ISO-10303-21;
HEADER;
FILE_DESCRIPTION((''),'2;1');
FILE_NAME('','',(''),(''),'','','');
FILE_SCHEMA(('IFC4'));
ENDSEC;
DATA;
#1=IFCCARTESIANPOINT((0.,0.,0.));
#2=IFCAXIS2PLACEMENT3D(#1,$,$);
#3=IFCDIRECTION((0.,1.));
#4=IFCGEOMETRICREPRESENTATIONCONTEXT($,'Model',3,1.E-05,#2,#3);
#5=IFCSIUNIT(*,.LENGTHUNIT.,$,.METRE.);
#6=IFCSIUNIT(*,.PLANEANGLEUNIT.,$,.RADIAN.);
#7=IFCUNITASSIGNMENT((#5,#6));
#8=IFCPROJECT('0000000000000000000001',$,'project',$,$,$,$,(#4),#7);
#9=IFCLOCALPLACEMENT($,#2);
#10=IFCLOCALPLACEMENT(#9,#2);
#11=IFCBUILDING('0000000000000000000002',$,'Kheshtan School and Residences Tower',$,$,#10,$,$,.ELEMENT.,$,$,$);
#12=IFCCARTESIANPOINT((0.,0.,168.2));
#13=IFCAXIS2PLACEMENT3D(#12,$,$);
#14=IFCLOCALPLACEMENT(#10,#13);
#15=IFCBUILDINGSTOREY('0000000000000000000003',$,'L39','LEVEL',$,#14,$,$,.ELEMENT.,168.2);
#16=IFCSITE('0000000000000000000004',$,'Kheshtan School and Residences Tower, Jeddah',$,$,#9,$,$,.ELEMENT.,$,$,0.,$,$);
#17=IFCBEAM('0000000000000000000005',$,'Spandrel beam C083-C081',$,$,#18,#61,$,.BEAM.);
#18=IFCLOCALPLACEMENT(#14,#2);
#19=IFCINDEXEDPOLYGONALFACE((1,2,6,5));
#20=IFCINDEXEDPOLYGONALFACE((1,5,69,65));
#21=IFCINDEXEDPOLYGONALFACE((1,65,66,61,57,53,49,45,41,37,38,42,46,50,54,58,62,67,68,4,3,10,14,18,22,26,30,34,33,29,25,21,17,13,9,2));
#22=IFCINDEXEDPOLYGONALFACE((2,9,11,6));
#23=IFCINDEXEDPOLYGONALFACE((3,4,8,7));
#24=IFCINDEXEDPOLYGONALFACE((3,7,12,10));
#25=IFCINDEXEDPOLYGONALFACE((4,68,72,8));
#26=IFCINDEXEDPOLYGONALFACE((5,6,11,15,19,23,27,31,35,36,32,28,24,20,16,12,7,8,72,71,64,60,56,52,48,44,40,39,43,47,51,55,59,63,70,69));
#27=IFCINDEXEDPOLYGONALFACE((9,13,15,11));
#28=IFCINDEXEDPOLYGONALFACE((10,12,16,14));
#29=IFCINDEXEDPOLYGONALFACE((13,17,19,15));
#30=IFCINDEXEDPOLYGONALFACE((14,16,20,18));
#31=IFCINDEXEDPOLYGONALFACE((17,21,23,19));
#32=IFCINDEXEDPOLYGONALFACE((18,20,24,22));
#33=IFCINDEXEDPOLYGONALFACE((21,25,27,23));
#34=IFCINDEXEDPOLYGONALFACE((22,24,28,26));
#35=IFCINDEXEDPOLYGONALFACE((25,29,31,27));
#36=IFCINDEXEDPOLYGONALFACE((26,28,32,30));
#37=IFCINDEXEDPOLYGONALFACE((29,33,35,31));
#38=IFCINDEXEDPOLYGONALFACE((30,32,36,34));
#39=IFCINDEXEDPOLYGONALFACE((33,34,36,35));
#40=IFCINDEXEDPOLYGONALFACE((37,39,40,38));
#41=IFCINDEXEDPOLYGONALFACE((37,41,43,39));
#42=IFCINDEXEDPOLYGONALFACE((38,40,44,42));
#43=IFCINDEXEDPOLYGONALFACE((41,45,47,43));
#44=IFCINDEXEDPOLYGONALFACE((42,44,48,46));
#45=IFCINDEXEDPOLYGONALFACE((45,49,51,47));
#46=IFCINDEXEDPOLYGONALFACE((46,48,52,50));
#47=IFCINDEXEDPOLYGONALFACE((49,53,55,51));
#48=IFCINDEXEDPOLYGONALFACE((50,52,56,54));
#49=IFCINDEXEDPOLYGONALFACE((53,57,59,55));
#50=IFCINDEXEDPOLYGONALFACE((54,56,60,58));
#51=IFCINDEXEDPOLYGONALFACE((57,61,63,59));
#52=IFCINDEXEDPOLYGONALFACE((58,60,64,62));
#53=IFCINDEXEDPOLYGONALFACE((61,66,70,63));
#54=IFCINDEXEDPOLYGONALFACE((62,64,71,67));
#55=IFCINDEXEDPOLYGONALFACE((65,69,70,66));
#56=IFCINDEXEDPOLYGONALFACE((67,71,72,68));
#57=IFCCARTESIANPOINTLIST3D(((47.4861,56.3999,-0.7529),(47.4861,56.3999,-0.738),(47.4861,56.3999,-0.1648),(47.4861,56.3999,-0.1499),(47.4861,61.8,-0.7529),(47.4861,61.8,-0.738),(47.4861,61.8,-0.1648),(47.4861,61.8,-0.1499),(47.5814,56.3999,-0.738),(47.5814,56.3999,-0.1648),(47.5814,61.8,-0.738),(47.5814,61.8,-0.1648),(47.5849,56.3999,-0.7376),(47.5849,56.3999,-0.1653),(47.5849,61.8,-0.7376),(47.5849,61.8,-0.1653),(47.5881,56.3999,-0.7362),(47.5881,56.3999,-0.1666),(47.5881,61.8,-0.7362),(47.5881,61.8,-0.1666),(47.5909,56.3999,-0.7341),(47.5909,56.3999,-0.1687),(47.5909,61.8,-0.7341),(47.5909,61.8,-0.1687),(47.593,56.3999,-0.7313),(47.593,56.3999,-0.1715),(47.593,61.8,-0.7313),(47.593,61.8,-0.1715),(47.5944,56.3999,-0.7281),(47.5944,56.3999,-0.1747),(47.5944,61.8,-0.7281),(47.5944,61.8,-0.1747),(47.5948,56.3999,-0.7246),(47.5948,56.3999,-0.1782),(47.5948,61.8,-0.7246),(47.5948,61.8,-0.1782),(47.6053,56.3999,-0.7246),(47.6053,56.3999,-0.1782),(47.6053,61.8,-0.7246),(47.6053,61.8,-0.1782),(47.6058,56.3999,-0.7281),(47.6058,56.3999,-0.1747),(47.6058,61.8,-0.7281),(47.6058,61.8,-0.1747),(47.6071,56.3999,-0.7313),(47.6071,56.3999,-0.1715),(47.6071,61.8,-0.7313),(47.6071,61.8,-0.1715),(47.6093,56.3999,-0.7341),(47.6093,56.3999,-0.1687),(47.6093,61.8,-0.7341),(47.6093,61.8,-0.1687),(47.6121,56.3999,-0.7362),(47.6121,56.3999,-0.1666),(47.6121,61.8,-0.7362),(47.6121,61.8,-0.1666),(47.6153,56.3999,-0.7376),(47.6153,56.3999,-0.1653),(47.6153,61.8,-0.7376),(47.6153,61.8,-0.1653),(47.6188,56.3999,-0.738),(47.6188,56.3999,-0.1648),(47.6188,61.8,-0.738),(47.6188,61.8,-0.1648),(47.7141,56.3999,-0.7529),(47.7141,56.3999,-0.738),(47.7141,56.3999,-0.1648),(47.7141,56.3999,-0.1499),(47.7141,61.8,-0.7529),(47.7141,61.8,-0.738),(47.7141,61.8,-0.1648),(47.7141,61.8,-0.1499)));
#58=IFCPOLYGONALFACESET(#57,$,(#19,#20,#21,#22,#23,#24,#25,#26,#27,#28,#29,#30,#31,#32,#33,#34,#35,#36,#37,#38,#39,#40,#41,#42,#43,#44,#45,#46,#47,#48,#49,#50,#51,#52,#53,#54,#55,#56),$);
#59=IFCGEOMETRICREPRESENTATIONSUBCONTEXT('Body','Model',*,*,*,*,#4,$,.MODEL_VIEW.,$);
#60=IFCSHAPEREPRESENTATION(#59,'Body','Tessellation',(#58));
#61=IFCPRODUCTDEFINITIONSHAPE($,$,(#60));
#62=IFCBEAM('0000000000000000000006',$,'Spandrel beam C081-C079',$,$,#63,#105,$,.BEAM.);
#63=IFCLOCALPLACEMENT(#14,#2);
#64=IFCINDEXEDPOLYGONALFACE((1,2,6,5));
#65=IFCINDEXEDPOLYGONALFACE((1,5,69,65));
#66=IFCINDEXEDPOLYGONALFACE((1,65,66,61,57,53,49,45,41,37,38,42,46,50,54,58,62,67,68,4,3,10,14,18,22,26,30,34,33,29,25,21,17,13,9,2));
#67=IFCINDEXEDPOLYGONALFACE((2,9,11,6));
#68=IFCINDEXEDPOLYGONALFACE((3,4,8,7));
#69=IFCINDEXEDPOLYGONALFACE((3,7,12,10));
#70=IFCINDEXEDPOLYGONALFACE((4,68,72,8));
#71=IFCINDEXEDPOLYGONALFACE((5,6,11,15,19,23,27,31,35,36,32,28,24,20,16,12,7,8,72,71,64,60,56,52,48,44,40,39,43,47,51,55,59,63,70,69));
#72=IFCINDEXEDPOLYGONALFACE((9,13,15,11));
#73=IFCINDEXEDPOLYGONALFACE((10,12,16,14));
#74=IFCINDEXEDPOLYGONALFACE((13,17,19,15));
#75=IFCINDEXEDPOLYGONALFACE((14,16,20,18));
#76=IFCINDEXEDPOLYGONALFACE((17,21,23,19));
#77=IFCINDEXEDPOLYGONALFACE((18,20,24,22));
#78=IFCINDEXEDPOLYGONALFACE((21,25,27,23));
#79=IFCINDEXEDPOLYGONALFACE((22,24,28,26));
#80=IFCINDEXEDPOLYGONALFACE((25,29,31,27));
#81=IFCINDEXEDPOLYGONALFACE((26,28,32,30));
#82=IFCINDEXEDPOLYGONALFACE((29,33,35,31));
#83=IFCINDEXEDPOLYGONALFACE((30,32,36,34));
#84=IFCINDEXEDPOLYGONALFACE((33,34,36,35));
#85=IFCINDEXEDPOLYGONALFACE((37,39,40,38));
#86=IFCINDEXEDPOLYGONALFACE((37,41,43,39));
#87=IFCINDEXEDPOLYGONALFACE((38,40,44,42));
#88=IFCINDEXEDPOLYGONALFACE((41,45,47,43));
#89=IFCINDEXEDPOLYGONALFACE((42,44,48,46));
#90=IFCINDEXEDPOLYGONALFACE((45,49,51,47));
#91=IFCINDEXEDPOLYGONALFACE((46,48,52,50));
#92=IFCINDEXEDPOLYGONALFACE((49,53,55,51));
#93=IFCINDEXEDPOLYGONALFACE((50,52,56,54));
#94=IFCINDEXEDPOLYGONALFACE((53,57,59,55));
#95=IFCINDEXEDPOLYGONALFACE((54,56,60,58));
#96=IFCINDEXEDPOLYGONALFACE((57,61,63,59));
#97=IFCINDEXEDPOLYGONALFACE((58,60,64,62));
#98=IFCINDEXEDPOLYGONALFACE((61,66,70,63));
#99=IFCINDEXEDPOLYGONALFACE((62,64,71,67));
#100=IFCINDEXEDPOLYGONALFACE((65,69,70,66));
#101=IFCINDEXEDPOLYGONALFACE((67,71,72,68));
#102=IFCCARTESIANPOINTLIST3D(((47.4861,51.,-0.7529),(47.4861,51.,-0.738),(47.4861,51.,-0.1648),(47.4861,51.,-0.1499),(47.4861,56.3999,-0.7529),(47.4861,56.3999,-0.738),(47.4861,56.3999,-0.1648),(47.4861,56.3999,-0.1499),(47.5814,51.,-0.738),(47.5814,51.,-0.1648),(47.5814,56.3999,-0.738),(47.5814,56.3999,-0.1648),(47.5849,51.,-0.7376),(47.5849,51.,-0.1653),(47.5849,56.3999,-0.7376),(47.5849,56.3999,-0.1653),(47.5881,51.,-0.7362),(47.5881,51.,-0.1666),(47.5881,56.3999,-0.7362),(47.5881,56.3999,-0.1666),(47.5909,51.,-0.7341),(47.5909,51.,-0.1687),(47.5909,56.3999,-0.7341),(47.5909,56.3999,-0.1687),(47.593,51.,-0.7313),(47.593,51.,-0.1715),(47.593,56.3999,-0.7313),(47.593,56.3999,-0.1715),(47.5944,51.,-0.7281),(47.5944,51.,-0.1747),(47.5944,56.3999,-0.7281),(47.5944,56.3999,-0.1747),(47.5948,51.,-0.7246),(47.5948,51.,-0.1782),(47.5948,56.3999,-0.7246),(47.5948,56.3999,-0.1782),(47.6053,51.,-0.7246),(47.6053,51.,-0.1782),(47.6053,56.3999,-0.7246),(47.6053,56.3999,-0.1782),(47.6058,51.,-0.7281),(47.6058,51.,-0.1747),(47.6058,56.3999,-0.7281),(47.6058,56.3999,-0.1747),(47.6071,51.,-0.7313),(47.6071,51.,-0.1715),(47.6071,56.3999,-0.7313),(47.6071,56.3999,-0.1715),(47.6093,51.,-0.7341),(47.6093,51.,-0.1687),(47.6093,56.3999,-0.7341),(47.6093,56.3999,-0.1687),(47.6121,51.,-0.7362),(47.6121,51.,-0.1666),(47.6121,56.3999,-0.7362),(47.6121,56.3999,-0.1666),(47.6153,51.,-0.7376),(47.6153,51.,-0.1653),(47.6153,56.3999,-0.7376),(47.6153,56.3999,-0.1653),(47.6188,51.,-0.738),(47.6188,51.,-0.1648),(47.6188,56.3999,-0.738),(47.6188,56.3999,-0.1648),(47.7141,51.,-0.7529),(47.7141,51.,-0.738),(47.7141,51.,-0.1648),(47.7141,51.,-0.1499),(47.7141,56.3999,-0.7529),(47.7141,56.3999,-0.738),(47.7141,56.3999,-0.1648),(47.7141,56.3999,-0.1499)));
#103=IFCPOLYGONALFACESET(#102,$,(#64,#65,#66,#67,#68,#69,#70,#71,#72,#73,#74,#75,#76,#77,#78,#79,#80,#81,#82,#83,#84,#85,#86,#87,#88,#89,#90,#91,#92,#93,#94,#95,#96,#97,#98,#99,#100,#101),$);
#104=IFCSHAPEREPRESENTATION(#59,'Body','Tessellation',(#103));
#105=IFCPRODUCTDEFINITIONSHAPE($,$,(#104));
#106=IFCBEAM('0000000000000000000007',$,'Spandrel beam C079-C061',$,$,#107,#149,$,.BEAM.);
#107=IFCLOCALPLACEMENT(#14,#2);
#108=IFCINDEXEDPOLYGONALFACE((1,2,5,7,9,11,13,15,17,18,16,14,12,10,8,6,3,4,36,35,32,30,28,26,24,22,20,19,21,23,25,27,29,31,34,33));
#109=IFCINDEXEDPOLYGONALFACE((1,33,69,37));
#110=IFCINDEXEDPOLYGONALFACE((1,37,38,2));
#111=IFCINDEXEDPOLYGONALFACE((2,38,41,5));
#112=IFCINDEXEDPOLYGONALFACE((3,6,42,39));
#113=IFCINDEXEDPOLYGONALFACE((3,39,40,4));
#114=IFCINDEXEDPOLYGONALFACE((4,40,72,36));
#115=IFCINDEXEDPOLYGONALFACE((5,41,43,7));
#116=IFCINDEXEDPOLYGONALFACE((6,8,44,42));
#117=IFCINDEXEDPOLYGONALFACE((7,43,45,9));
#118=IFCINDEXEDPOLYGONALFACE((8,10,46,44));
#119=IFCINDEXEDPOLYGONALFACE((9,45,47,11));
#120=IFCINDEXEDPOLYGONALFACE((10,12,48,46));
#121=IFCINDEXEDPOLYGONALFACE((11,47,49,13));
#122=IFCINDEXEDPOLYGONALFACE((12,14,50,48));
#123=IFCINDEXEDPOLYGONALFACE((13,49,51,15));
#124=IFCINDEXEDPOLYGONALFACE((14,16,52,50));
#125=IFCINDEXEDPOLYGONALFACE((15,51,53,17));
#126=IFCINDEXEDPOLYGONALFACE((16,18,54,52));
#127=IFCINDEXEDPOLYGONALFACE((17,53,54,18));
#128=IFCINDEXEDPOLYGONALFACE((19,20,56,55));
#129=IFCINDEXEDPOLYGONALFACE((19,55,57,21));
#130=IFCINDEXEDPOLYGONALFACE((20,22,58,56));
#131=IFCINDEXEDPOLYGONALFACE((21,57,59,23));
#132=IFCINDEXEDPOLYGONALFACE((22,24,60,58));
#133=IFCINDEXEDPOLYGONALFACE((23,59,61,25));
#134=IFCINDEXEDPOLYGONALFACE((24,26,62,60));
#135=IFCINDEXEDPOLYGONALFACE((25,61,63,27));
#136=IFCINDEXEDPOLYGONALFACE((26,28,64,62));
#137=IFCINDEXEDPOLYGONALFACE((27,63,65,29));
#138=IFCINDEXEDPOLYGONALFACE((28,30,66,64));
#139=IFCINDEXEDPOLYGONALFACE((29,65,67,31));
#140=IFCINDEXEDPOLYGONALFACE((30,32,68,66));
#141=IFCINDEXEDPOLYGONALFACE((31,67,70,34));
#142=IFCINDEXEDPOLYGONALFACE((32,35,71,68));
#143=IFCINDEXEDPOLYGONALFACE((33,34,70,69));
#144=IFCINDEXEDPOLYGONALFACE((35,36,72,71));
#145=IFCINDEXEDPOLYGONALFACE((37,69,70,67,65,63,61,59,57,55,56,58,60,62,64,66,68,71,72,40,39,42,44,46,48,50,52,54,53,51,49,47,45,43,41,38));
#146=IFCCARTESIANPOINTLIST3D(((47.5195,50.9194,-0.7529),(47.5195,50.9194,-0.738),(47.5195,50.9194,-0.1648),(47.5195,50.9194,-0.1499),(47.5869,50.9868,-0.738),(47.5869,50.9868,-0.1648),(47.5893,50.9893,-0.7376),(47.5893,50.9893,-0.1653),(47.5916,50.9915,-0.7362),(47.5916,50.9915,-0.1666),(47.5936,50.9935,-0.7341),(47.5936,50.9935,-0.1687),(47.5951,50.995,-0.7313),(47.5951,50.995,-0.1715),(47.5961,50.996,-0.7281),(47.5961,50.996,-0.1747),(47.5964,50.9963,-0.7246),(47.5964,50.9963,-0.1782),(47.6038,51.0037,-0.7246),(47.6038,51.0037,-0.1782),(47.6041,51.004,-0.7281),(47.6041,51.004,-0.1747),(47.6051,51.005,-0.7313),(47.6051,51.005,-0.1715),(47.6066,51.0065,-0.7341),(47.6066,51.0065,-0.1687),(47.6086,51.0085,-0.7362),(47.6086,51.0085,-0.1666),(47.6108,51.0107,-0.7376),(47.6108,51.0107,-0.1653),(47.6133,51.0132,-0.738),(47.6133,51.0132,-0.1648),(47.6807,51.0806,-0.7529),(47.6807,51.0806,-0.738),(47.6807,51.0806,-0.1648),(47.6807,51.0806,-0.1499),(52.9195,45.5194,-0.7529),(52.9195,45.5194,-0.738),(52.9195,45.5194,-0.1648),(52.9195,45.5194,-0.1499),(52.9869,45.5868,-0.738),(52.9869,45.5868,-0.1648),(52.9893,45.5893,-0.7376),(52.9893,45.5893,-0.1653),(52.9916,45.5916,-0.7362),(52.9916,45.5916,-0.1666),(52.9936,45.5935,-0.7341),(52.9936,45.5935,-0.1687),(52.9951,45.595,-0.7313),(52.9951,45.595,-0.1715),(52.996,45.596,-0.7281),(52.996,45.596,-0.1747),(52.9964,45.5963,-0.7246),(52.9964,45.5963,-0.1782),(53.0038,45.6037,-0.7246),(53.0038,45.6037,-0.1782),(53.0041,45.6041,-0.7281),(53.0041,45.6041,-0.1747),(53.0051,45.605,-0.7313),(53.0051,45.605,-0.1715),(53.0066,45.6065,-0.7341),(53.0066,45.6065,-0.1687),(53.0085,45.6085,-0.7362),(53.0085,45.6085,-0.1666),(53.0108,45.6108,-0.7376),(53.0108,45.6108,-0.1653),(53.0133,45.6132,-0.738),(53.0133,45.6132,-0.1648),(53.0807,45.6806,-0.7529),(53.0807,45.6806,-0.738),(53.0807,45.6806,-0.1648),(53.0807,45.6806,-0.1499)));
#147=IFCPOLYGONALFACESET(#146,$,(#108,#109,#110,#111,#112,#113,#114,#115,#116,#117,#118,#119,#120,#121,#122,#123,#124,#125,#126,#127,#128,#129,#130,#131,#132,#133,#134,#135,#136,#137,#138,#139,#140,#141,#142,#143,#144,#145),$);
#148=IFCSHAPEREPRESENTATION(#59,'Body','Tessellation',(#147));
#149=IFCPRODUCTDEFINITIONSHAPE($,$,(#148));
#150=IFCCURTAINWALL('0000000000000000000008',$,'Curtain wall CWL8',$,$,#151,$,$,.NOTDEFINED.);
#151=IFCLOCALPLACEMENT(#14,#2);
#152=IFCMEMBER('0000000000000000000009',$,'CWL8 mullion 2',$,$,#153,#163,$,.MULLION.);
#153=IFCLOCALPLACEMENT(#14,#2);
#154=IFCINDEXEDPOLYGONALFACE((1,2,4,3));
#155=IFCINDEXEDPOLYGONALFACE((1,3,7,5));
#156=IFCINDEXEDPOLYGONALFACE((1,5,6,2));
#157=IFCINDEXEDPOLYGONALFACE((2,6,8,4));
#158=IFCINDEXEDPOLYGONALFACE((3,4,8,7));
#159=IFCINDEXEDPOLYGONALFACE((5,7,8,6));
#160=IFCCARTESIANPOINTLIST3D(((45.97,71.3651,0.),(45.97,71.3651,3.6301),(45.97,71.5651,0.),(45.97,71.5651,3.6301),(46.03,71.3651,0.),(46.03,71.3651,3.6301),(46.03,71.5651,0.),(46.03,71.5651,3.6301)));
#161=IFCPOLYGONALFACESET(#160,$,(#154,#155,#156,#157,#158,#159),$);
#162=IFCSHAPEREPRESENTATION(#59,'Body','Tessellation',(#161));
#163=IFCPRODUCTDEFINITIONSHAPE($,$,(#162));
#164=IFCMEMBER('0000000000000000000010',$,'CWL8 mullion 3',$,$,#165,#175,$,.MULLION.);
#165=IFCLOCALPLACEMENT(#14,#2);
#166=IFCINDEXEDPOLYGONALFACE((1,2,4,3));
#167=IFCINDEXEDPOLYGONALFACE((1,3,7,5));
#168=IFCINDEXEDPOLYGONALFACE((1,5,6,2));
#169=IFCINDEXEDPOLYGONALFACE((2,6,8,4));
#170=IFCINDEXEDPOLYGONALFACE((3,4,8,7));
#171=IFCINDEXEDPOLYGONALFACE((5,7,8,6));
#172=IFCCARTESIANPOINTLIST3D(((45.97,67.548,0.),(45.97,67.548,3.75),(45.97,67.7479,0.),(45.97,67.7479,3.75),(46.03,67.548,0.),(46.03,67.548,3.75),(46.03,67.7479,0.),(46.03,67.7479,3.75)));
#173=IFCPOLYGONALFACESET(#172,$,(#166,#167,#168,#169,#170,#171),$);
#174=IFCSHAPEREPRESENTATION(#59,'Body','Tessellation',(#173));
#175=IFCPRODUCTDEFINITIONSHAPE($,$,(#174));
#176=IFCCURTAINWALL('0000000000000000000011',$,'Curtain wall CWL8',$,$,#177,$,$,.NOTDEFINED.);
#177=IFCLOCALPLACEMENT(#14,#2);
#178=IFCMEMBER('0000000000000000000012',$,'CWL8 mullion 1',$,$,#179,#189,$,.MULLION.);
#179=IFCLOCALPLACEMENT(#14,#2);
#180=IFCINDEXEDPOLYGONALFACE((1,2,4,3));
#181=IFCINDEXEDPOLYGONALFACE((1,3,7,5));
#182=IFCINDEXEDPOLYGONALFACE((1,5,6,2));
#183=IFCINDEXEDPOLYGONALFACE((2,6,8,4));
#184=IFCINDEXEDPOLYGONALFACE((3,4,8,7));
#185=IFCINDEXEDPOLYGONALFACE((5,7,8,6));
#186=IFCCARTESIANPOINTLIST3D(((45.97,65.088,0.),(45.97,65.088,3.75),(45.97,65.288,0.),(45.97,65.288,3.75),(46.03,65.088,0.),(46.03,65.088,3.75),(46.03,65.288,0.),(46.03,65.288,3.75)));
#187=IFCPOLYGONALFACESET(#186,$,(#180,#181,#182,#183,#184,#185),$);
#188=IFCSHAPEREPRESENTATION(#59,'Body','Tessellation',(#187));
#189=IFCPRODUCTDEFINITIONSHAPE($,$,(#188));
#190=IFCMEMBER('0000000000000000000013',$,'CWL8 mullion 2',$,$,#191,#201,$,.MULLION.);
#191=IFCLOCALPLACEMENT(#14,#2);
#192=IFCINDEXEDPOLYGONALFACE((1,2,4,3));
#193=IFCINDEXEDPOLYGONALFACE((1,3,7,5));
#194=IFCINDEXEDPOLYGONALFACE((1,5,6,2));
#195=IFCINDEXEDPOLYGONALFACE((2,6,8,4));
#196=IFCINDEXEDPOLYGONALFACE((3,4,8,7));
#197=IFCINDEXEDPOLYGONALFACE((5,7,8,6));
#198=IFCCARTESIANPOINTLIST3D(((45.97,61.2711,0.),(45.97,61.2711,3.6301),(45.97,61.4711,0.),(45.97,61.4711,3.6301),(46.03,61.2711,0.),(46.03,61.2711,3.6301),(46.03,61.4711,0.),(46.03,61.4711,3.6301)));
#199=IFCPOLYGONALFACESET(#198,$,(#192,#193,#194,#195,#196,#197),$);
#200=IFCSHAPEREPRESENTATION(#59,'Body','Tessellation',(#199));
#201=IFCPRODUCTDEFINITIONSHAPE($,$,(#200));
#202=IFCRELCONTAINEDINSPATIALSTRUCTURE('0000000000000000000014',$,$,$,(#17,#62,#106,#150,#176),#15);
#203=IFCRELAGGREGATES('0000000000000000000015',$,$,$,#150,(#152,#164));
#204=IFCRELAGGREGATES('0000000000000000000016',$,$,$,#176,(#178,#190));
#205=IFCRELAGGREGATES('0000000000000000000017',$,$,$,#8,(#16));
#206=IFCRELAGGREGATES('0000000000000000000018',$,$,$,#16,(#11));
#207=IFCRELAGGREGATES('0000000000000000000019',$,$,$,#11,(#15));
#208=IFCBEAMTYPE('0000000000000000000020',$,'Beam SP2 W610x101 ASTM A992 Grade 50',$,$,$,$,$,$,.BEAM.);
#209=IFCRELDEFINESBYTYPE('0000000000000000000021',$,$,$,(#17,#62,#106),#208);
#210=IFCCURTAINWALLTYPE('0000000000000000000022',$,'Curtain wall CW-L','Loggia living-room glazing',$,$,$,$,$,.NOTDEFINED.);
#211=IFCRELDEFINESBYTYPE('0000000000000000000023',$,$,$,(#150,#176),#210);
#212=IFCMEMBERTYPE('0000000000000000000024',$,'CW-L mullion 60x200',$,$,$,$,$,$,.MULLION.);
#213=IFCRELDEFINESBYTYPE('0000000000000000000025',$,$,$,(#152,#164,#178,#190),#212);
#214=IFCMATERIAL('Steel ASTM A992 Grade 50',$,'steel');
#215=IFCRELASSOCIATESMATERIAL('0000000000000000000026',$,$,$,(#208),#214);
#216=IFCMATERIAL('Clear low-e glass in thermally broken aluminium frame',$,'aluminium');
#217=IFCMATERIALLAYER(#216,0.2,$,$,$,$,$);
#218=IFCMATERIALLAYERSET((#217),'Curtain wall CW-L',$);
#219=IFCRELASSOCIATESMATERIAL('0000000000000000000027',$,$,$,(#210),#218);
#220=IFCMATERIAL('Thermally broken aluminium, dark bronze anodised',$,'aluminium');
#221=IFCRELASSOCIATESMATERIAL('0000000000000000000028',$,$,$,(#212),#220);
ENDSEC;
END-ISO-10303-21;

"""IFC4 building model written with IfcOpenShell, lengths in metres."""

from ifc_helpers import new_model, si_unit, direction, frame, origin, origin_2d, place, context, subcontext, project, spatial, rectangle, i_section, extrude, material, layer, layer_set, material_profile, profile_set, type_object, element, aggregate, save


model = new_model("IFC4")

# Units and contexts
model_context = context("Model", 3, precision=1e-05, world=origin(), true_north=direction((0.0, 1.0)))
body_context = subcontext(model_context, "Body", "Model", "MODEL_VIEW")
ifc_project = project(units=[si_unit("LENGTHUNIT", "METRE"), si_unit("PLANEANGLEUNIT", "RADIAN")], contexts=[model_context])

# Site, building, storey
site_placement = place(None, origin())
site = spatial("IfcSite", under=ifc_project, at=site_placement, Name="Kheshtan School and Residences Tower, Jeddah", CompositionType="ELEMENT", RefElevation=0.0)
building_placement = place(site_placement, origin())
building = spatial("IfcBuilding", under=site, at=building_placement, Name="Kheshtan School and Residences Tower", CompositionType="ELEMENT")
storey_placement = place(building_placement, frame((0.0, 0.0, 168.2)))
storey = spatial("IfcBuildingStorey", under=building, at=storey_placement, Name="L39", Description="LEVEL", CompositionType="ELEMENT", Elevation=168.2)

# Shared definitions
ifc_material_1 = material(Name="Steel ASTM A992 Grade 50", Category="steel")

# Beams
ifc_material_profile_1 = material_profile(ifc_material_1, i_section(OverallWidth=0.228, OverallDepth=0.603, WebThickness=0.0105, FlangeThickness=0.0149, FilletRadius=0.0134, at=origin_2d()), Name="W610x101")
ifc_profile_set_1 = profile_set([ifc_material_profile_1], Name="Steel ASTM A992 Grade 50")
beam_type_1 = type_object("IfcBeamType", Name="Beam SP2 W610x101 ASTM A992 Grade 50", PredefinedType="BEAM", material=ifc_profile_set_1)
beam_1_placement = place(storey_placement, frame((47.6001, 61.8, -0.4514), z_axis=(0.0, -1.0, 0.0), x_axis=(1.0, 0.0, 0.0)))
element("IfcBeam", 1, at=beam_1_placement, inside=storey, type_object=beam_type_1, Name="Spandrel beam C083-C081", PredefinedType="BEAM", context=body_context, shape_type="SweptSolid", body=[
    extrude(i_section(OverallWidth=0.228, OverallDepth=0.603, WebThickness=0.0105, FlangeThickness=0.0149, FilletRadius=0.0134, at=origin_2d()), origin(), (0.0, 0.0, 1.0), 5.4001),
])
beam_2_placement = place(storey_placement, frame((47.6001, 56.3999, -0.4514), z_axis=(0.0, -1.0, 0.0), x_axis=(1.0, 0.0, 0.0)))
element("IfcBeam", 2, at=beam_2_placement, inside=storey, type_object=beam_type_1, Name="Spandrel beam C081-C079", PredefinedType="BEAM", context=body_context, shape_type="SweptSolid", body=[
    extrude(i_section(OverallWidth=0.228, OverallDepth=0.603, WebThickness=0.0105, FlangeThickness=0.0149, FilletRadius=0.0134, at=origin_2d()), origin(), (0.0, 0.0, 1.0), 5.3999),
])
beam_3_placement = place(storey_placement, frame((47.6001, 51.0, -0.4514), z_axis=(0.707107, -0.707107, 0.0), x_axis=(0.707107, 0.707107, 0.0)))
element("IfcBeam", 3, at=beam_3_placement, inside=storey, type_object=beam_type_1, Name="Spandrel beam C079-C061", PredefinedType="BEAM", context=body_context, shape_type="SweptSolid", body=[
    extrude(i_section(OverallWidth=0.228, OverallDepth=0.603, WebThickness=0.0105, FlangeThickness=0.0149, FilletRadius=0.0134, at=origin_2d()), origin(), (0.0, 0.0, 1.0), 7.6367),
])

# Curtain walls, members
ifc_material_2 = material(Name="Clear low-e glass in thermally broken aluminium frame", Category="aluminium")
ifc_layer_1 = layer(ifc_material_2, 0.2)
ifc_layer_set_1 = layer_set([ifc_layer_1], Name="Curtain wall CW-L")
curtain_wall_type = type_object("IfcCurtainWallType", Name="Curtain wall CW-L", Description="Loggia living-room glazing", PredefinedType="NOTDEFINED", material=ifc_layer_set_1)
curtain_wall_1_placement = place(storey_placement, origin())
curtain_wall_1 = element("IfcCurtainWall", 4, at=curtain_wall_1_placement, inside=storey, type_object=curtain_wall_type, Name="Curtain wall CWL8", PredefinedType="NOTDEFINED")
ifc_material_3 = material(Name="Thermally broken aluminium, dark bronze anodised", Category="aluminium")
ifc_material_profile_2 = material_profile(ifc_material_3, rectangle(XDim=0.0601, YDim=0.2, at=origin_2d()), Name="CW-L mullion 60x200")
ifc_profile_set_2 = profile_set([ifc_material_profile_2], Name="Thermally broken aluminium, dark bronze anodised")
member_type_1 = type_object("IfcMemberType", Name="CW-L mullion 60x200", PredefinedType="MULLION", material=ifc_profile_set_2)
member_1_placement = place(storey_placement, frame((46.0, 71.4651, 0.0), z_axis=(0.0, 0.0, 1.0), x_axis=(1.0, 0.0, 0.0)))
member_1 = element("IfcMember", 5, at=member_1_placement, type_object=member_type_1, Name="CWL8 mullion 2", PredefinedType="MULLION", context=body_context, shape_type="SweptSolid", body=[
    extrude(rectangle(XDim=0.0601, YDim=0.2, at=origin_2d()), origin(), (0.0, 0.0, 1.0), 3.6301),
])
member_2_placement = place(storey_placement, frame((46.0, 67.6479, 0.0), z_axis=(0.0, 0.0, 1.0), x_axis=(1.0, 0.0, 0.0)))
member_2 = element("IfcMember", 6, at=member_2_placement, type_object=member_type_1, Name="CWL8 mullion 3", PredefinedType="MULLION", context=body_context, shape_type="SweptSolid", body=[
    extrude(rectangle(XDim=0.0601, YDim=0.2, at=origin_2d()), origin(), (0.0, 0.0, 1.0), 3.75),
])
curtain_wall_2_placement = place(storey_placement, origin())
curtain_wall_2 = element("IfcCurtainWall", 7, at=curtain_wall_2_placement, inside=storey, type_object=curtain_wall_type, Name="Curtain wall CWL8", PredefinedType="NOTDEFINED")
member_3_placement = place(storey_placement, frame((46.0, 65.188, 0.0), z_axis=(0.0, 0.0, 1.0), x_axis=(1.0, 0.0, 0.0)))
member_3 = element("IfcMember", 8, at=member_3_placement, type_object=member_type_1, Name="CWL8 mullion 1", PredefinedType="MULLION", context=body_context, shape_type="SweptSolid", body=[
    extrude(rectangle(XDim=0.0601, YDim=0.2, at=origin_2d()), origin(), (0.0, 0.0, 1.0), 3.75),
])
member_4_placement = place(storey_placement, frame((46.0, 61.3711, 0.0), z_axis=(0.0, 0.0, 1.0), x_axis=(1.0, 0.0, 0.0)))
member_4 = element("IfcMember", 9, at=member_4_placement, type_object=member_type_1, Name="CWL8 mullion 2", PredefinedType="MULLION", context=body_context, shape_type="SweptSolid", body=[
    extrude(rectangle(XDim=0.0601, YDim=0.2, at=origin_2d()), origin(), (0.0, 0.0, 1.0), 3.6301),
])

aggregate(curtain_wall_1, [member_1, member_2])
aggregate(curtain_wall_2, [member_3, member_4])

save(model, "model.ifc")
